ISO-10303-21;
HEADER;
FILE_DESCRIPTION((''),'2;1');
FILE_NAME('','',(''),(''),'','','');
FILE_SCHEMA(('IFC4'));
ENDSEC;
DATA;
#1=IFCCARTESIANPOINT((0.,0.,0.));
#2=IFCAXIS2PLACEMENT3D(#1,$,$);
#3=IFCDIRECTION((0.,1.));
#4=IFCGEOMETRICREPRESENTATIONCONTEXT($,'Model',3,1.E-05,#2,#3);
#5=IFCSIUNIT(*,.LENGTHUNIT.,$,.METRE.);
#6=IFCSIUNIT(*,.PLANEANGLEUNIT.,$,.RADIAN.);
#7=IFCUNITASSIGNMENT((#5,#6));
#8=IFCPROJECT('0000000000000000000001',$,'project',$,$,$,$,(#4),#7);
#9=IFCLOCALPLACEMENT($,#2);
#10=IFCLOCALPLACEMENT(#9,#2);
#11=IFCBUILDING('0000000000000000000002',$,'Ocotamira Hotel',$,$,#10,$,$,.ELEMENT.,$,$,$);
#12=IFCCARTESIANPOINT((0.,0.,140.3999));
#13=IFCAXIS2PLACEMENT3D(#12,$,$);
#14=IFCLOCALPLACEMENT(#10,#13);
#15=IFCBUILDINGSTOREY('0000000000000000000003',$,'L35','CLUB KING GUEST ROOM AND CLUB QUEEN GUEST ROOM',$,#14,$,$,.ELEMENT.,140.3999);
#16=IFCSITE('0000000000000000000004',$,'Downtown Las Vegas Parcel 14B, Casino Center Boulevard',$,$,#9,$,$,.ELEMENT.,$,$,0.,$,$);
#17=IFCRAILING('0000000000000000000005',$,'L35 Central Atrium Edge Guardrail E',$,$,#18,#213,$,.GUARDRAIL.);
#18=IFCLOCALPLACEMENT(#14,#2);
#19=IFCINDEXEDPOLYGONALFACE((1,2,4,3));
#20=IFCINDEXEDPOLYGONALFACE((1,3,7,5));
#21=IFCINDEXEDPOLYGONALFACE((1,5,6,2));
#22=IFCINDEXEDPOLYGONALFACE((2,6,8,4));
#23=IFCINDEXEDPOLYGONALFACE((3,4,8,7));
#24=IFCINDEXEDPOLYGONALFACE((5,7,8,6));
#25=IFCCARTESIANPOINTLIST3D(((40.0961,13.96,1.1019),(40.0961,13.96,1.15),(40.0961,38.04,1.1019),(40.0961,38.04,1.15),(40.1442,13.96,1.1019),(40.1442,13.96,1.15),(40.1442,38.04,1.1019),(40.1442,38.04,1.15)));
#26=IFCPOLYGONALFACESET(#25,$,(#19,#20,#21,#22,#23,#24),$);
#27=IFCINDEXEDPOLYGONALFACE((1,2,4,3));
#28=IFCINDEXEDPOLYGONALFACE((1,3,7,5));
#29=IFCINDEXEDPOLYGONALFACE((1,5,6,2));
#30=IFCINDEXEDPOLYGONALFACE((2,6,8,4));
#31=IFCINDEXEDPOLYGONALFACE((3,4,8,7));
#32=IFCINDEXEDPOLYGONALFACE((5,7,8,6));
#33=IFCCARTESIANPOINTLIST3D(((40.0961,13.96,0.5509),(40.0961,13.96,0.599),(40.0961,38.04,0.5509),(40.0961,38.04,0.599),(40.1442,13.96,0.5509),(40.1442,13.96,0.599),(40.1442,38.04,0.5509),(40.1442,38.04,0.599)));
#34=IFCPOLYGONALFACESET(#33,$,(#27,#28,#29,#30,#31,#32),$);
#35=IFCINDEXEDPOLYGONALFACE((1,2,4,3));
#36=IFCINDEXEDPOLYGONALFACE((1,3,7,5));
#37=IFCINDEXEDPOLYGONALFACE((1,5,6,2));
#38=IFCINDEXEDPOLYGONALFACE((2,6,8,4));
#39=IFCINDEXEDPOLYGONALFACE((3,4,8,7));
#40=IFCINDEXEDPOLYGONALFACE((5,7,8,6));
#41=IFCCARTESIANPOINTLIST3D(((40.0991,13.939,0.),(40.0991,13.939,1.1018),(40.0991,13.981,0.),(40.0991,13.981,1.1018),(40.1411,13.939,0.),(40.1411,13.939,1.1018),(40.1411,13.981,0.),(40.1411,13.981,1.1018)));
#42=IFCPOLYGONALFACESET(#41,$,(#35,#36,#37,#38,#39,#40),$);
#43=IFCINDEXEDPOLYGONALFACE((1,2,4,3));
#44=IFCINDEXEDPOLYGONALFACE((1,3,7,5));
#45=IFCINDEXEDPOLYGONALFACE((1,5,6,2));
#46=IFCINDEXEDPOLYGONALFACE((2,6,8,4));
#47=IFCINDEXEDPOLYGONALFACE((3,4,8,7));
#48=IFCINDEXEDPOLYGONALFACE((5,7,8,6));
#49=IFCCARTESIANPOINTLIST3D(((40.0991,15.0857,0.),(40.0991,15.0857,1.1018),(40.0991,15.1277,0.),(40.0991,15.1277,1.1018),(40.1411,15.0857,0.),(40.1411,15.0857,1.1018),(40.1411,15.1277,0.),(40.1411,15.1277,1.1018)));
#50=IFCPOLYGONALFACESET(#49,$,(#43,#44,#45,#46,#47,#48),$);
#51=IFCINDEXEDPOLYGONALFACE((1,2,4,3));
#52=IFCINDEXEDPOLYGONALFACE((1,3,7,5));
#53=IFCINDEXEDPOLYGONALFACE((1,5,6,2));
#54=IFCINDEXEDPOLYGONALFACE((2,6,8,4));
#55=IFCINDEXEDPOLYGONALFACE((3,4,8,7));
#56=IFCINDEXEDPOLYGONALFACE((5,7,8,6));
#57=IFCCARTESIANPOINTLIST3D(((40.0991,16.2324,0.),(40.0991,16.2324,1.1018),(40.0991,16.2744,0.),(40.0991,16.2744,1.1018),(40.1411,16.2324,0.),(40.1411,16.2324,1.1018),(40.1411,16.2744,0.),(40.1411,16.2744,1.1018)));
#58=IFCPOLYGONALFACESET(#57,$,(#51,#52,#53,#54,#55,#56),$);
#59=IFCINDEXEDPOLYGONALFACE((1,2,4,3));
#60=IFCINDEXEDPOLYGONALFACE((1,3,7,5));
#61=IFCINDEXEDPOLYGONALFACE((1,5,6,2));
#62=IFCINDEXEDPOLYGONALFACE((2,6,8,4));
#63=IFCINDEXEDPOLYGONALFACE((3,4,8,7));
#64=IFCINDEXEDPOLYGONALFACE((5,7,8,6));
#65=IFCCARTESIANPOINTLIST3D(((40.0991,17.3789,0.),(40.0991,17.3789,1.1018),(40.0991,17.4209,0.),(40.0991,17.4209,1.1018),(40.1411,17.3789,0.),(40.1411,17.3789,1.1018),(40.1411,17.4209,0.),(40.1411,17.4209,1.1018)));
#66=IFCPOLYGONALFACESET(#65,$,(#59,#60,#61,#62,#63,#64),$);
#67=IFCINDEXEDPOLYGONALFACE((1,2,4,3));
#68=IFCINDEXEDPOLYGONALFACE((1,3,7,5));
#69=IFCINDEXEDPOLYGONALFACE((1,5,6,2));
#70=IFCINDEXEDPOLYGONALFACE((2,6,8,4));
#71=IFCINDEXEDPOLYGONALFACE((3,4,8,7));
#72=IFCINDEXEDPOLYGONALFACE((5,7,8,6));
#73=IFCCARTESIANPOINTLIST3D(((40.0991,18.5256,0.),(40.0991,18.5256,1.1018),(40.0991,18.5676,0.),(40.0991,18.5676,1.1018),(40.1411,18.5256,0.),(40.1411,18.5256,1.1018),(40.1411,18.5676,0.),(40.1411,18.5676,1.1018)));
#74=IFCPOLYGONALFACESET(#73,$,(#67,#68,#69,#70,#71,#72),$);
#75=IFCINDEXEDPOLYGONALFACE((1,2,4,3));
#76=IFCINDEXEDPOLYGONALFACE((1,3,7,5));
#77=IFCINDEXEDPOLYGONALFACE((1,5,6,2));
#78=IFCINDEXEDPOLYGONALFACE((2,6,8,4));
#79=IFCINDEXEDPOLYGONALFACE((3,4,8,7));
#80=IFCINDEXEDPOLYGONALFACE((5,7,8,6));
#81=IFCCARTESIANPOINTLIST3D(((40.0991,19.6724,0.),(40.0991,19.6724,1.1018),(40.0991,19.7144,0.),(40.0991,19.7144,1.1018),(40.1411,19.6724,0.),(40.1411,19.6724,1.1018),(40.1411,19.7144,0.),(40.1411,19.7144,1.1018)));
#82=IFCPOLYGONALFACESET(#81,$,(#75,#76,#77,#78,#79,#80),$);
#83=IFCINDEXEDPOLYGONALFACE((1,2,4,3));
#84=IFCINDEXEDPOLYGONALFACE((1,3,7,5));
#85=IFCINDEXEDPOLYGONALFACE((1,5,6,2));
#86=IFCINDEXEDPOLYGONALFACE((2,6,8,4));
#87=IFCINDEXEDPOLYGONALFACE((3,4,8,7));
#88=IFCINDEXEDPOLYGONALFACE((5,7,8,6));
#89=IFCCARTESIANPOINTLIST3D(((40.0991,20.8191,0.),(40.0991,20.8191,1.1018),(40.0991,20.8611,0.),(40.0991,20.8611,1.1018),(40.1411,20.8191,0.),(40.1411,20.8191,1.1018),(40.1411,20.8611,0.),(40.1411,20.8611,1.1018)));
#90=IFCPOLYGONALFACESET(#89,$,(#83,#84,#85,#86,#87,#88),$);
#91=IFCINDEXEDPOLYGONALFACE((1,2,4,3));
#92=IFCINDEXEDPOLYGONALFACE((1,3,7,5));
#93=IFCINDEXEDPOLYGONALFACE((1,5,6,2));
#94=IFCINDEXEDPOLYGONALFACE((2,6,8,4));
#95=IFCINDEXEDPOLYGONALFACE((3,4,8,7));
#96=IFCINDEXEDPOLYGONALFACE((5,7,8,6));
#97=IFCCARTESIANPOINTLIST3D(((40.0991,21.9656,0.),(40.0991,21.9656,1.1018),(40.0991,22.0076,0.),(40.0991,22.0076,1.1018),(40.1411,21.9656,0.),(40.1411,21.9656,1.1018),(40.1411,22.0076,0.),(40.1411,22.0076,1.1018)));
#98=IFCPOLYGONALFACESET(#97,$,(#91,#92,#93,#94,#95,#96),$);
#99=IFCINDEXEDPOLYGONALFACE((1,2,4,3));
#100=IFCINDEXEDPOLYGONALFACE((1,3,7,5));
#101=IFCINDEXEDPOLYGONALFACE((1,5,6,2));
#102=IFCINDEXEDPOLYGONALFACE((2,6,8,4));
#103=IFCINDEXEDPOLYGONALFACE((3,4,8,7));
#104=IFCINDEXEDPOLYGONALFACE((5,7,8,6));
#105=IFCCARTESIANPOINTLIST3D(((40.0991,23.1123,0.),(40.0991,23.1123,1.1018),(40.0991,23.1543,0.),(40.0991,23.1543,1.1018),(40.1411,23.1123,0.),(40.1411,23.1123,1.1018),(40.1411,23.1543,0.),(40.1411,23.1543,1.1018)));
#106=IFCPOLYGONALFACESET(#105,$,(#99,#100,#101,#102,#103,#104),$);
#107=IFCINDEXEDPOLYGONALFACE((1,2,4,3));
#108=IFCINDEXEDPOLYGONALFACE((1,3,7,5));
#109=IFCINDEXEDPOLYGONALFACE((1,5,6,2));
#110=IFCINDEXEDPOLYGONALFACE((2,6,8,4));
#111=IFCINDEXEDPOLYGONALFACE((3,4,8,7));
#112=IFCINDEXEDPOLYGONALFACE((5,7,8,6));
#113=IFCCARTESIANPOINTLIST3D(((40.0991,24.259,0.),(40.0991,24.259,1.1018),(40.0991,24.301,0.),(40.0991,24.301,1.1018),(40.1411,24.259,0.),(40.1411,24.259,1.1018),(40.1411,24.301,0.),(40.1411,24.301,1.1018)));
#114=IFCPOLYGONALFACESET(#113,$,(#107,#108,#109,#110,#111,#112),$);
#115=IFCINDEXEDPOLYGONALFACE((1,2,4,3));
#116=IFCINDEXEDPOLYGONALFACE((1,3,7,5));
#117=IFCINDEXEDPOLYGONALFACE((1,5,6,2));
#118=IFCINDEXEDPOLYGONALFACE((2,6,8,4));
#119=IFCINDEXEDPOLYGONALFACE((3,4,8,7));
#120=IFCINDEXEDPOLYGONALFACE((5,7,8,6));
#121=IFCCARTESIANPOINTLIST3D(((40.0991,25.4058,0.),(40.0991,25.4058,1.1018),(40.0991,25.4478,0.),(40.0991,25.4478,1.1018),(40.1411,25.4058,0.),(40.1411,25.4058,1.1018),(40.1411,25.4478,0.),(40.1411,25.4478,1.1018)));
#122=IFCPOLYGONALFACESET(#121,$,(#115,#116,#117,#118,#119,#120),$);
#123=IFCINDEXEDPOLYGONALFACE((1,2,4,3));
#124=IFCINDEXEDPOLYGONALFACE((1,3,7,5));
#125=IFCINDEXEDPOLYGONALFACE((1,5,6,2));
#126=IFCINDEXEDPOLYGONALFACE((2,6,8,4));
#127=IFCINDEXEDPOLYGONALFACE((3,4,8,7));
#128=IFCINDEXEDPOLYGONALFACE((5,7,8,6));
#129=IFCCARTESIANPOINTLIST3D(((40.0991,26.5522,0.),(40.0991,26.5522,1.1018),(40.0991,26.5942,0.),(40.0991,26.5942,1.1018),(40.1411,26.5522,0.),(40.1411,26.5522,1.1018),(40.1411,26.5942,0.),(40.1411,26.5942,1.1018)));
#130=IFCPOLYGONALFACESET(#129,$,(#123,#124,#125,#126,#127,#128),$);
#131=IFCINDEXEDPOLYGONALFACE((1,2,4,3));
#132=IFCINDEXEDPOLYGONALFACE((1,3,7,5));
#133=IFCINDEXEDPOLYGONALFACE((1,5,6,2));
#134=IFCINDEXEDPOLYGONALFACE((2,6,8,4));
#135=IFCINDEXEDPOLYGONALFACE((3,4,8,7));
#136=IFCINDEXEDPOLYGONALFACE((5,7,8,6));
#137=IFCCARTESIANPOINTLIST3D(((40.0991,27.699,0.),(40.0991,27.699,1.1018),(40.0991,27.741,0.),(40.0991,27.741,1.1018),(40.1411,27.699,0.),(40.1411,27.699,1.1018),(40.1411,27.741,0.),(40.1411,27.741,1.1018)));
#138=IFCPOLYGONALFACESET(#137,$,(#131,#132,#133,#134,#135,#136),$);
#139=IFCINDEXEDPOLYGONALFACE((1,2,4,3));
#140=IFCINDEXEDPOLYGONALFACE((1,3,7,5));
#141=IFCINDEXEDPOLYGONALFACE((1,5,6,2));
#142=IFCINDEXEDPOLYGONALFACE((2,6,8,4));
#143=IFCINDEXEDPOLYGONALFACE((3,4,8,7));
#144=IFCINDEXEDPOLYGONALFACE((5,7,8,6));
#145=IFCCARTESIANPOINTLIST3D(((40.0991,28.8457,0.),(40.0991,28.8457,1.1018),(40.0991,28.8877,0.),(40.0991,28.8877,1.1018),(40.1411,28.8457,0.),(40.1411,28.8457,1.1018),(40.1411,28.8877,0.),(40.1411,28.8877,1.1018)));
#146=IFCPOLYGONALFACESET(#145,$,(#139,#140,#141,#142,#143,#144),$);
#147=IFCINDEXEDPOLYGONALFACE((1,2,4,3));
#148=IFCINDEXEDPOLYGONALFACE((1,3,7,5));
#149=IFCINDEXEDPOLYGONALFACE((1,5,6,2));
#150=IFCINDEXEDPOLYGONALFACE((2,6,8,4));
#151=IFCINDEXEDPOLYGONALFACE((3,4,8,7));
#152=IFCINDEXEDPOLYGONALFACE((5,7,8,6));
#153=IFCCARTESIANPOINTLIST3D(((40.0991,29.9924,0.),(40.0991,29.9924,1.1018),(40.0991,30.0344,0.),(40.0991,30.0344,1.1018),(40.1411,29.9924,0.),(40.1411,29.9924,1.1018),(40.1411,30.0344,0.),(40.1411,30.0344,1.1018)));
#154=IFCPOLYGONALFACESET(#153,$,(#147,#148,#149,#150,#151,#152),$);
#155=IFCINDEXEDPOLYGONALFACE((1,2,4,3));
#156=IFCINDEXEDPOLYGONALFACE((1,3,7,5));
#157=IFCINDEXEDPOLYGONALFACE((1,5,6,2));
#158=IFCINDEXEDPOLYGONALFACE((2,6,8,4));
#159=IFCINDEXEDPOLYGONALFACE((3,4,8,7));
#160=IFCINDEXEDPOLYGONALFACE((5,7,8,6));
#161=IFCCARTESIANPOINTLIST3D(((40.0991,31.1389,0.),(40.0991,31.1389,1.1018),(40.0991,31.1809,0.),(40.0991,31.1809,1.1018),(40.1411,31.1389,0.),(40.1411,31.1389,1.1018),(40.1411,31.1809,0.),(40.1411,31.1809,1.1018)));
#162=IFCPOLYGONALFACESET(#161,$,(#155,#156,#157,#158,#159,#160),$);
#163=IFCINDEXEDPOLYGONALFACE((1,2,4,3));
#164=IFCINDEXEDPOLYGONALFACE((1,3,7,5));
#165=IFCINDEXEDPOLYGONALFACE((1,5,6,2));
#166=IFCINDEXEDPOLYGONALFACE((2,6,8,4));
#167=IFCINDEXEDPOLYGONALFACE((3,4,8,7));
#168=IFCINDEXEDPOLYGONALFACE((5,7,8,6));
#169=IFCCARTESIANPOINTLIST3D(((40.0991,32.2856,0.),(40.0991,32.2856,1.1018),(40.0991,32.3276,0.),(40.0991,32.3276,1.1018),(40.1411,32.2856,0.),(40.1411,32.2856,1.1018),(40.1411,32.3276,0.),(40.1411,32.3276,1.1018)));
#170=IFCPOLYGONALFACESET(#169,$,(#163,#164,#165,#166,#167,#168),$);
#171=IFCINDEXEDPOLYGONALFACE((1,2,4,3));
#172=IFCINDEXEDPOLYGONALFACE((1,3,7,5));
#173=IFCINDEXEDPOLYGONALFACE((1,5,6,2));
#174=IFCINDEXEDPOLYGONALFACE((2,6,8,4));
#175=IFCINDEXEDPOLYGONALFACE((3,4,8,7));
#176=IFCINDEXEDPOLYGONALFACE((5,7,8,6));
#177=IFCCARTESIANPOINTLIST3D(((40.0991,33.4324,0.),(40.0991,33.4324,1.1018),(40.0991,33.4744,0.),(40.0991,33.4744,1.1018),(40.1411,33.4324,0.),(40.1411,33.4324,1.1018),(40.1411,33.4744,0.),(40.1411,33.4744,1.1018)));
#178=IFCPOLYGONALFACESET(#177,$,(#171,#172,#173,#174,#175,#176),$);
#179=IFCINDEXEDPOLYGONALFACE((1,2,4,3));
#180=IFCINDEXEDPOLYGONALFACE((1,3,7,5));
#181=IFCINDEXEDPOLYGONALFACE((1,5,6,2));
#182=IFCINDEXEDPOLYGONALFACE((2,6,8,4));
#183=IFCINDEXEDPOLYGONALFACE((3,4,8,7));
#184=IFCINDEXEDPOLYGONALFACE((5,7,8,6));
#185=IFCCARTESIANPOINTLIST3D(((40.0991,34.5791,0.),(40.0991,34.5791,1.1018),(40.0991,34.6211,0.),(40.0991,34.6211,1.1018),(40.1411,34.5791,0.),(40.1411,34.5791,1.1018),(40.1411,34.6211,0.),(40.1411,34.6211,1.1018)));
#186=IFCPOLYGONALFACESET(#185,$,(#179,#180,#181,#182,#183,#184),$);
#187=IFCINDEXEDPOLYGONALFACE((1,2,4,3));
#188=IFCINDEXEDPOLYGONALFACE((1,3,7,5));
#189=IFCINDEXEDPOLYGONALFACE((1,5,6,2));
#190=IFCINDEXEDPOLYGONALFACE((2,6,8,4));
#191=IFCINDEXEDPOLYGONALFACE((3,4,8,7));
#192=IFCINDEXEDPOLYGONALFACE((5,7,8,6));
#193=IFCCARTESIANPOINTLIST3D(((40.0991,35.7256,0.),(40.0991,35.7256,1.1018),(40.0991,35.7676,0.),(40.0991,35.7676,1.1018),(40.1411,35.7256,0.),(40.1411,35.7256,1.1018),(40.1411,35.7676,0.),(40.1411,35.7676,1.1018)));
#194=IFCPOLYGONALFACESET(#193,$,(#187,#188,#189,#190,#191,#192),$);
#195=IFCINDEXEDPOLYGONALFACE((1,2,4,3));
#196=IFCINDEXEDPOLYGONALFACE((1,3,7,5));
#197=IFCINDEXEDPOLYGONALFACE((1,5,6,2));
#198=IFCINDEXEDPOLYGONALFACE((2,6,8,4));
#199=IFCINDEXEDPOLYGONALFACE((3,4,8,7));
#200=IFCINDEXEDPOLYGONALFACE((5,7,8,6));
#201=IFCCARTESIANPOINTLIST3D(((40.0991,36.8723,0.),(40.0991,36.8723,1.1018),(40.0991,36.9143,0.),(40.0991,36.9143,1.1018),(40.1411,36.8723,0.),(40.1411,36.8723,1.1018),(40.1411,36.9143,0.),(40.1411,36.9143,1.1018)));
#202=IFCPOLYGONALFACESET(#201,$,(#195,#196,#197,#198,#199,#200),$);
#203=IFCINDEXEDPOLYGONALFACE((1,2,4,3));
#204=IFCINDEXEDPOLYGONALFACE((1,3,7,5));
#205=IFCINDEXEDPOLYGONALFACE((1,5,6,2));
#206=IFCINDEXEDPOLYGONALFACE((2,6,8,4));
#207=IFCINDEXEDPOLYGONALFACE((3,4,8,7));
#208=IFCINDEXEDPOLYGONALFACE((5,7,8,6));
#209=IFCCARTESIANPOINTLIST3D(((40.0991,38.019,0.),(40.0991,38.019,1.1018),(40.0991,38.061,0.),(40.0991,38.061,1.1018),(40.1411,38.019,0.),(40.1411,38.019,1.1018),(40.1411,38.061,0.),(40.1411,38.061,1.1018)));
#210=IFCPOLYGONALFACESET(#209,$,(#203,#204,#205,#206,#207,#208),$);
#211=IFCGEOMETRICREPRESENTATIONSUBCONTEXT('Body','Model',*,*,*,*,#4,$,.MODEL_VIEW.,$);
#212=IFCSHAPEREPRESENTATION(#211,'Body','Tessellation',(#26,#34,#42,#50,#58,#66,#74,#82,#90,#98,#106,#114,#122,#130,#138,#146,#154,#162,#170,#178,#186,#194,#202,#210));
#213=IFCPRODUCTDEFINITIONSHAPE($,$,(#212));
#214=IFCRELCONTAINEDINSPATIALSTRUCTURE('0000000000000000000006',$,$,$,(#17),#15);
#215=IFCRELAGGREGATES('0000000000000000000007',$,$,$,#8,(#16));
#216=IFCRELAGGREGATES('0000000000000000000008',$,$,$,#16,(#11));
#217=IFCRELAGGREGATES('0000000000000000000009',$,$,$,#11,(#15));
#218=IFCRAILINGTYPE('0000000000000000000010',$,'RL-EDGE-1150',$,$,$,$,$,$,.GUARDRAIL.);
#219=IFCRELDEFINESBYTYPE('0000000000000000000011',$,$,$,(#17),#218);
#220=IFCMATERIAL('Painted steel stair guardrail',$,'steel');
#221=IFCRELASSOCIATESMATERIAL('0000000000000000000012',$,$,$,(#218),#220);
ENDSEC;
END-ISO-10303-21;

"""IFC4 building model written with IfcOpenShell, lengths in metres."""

from ifc_helpers import new_model, si_unit, direction, frame, origin, origin_2d, place, context, subcontext, project, spatial, rectangle, extrude, material, type_object, element, save


model = new_model("IFC4")

# Units and contexts
model_context = context("Model", 3, precision=1e-05, world=origin(), true_north=direction((0.0, 1.0)))
body_context = subcontext(model_context, "Body", "Model", "MODEL_VIEW")
ifc_project = project(units=[si_unit("LENGTHUNIT", "METRE"), si_unit("PLANEANGLEUNIT", "RADIAN")], contexts=[model_context])

# Site, building, storey
site_placement = place(None, origin())
site = spatial("IfcSite", under=ifc_project, at=site_placement, Name="Downtown Las Vegas Parcel 14B, Casino Center Boulevard", CompositionType="ELEMENT", RefElevation=0.0)
building_placement = place(site_placement, origin())
building = spatial("IfcBuilding", under=site, at=building_placement, Name="Ocotamira Hotel", CompositionType="ELEMENT")
storey_placement = place(building_placement, frame((0.0, 0.0, 140.3999)))
storey = spatial("IfcBuildingStorey", under=building, at=storey_placement, Name="L35", Description="CLUB KING GUEST ROOM AND CLUB QUEEN GUEST ROOM", CompositionType="ELEMENT", Elevation=140.3999)

# Railing
ifc_material_1 = material(Name="Painted steel stair guardrail", Category="steel")
railing_type = type_object("IfcRailingType", Name="RL-EDGE-1150", PredefinedType="GUARDRAIL", material=ifc_material_1)
railing_placement = place(storey_placement, frame((40.1201, 13.96, 0.0)))
element("IfcRailing", 1, at=railing_placement, inside=storey, type_object=railing_type, Name="L35 Central Atrium Edge Guardrail E", PredefinedType="GUARDRAIL", context=body_context, shape_type="SweptSolid", body=[
    extrude(rectangle(XDim=0.0481, YDim=0.0481, at=origin_2d()), frame((0.0, 0.0, 1.126), z_axis=(0.0, 1.0, 0.0), x_axis=(-1.0, 0.0, 0.0)), (0.0, 0.0, 1.0), 24.0801),
    extrude(rectangle(XDim=0.0481, YDim=0.0481, at=origin_2d()), frame((0.0, 0.0, 0.575), z_axis=(0.0, 1.0, 0.0), x_axis=(-1.0, 0.0, 0.0)), (0.0, 0.0, 1.0), 24.0801),
    extrude(rectangle(XDim=0.042, YDim=0.042, at=origin_2d()), origin(), (0.0, 0.0, 1.0), 1.1018),
    extrude(rectangle(XDim=0.042, YDim=0.042, at=origin_2d()), frame((0.0, 1.1467, 0.0)), (0.0, 0.0, 1.0), 1.1018),
    extrude(rectangle(XDim=0.042, YDim=0.042, at=origin_2d()), frame((0.0, 2.2935, 0.0)), (0.0, 0.0, 1.0), 1.1018),
    extrude(rectangle(XDim=0.042, YDim=0.042, at=origin_2d()), frame((0.0, 3.4399, 0.0)), (0.0, 0.0, 1.0), 1.1018),
    extrude(rectangle(XDim=0.042, YDim=0.042, at=origin_2d()), frame((0.0, 4.5867, 0.0)), (0.0, 0.0, 1.0), 1.1018),
    extrude(rectangle(XDim=0.042, YDim=0.042, at=origin_2d()), frame((0.0, 5.7334, 0.0)), (0.0, 0.0, 1.0), 1.1018),
    extrude(rectangle(XDim=0.042, YDim=0.042, at=origin_2d()), frame((0.0, 6.8801, 0.0)), (0.0, 0.0, 1.0), 1.1018),
    extrude(rectangle(XDim=0.042, YDim=0.042, at=origin_2d()), frame((0.0, 8.0266, 0.0)), (0.0, 0.0, 1.0), 1.1018),
    extrude(rectangle(XDim=0.042, YDim=0.042, at=origin_2d()), frame((0.0, 9.1733, 0.0)), (0.0, 0.0, 1.0), 1.1018),
    extrude(rectangle(XDim=0.042, YDim=0.042, at=origin_2d()), frame((0.0, 10.3201, 0.0)), (0.0, 0.0, 1.0), 1.1018),
    extrude(rectangle(XDim=0.042, YDim=0.042, at=origin_2d()), frame((0.0, 11.4668, 0.0)), (0.0, 0.0, 1.0), 1.1018),
    extrude(rectangle(XDim=0.042, YDim=0.042, at=origin_2d()), frame((0.0, 12.6133, 0.0)), (0.0, 0.0, 1.0), 1.1018),
    extrude(rectangle(XDim=0.042, YDim=0.042, at=origin_2d()), frame((0.0, 13.76, 0.0)), (0.0, 0.0, 1.0), 1.1018),
    extrude(rectangle(XDim=0.042, YDim=0.042, at=origin_2d()), frame((0.0, 14.9067, 0.0)), (0.0, 0.0, 1.0), 1.1018),
    extrude(rectangle(XDim=0.042, YDim=0.042, at=origin_2d()), frame((0.0, 16.0535, 0.0)), (0.0, 0.0, 1.0), 1.1018),
    extrude(rectangle(XDim=0.042, YDim=0.042, at=origin_2d()), frame((0.0, 17.2, 0.0)), (0.0, 0.0, 1.0), 1.1018),
    extrude(rectangle(XDim=0.042, YDim=0.042, at=origin_2d()), frame((0.0, 18.3467, 0.0)), (0.0, 0.0, 1.0), 1.1018),
    extrude(rectangle(XDim=0.042, YDim=0.042, at=origin_2d()), frame((0.0, 19.4934, 0.0)), (0.0, 0.0, 1.0), 1.1018),
    extrude(rectangle(XDim=0.042, YDim=0.042, at=origin_2d()), frame((0.0, 20.6401, 0.0)), (0.0, 0.0, 1.0), 1.1018),
    extrude(rectangle(XDim=0.042, YDim=0.042, at=origin_2d()), frame((0.0, 21.7866, 0.0)), (0.0, 0.0, 1.0), 1.1018),
    extrude(rectangle(XDim=0.042, YDim=0.042, at=origin_2d()), frame((0.0, 22.9333, 0.0)), (0.0, 0.0, 1.0), 1.1018),
    extrude(rectangle(XDim=0.042, YDim=0.042, at=origin_2d()), frame((0.0, 24.0801, 0.0)), (0.0, 0.0, 1.0), 1.1018),
])

save(model, "model.ifc")
